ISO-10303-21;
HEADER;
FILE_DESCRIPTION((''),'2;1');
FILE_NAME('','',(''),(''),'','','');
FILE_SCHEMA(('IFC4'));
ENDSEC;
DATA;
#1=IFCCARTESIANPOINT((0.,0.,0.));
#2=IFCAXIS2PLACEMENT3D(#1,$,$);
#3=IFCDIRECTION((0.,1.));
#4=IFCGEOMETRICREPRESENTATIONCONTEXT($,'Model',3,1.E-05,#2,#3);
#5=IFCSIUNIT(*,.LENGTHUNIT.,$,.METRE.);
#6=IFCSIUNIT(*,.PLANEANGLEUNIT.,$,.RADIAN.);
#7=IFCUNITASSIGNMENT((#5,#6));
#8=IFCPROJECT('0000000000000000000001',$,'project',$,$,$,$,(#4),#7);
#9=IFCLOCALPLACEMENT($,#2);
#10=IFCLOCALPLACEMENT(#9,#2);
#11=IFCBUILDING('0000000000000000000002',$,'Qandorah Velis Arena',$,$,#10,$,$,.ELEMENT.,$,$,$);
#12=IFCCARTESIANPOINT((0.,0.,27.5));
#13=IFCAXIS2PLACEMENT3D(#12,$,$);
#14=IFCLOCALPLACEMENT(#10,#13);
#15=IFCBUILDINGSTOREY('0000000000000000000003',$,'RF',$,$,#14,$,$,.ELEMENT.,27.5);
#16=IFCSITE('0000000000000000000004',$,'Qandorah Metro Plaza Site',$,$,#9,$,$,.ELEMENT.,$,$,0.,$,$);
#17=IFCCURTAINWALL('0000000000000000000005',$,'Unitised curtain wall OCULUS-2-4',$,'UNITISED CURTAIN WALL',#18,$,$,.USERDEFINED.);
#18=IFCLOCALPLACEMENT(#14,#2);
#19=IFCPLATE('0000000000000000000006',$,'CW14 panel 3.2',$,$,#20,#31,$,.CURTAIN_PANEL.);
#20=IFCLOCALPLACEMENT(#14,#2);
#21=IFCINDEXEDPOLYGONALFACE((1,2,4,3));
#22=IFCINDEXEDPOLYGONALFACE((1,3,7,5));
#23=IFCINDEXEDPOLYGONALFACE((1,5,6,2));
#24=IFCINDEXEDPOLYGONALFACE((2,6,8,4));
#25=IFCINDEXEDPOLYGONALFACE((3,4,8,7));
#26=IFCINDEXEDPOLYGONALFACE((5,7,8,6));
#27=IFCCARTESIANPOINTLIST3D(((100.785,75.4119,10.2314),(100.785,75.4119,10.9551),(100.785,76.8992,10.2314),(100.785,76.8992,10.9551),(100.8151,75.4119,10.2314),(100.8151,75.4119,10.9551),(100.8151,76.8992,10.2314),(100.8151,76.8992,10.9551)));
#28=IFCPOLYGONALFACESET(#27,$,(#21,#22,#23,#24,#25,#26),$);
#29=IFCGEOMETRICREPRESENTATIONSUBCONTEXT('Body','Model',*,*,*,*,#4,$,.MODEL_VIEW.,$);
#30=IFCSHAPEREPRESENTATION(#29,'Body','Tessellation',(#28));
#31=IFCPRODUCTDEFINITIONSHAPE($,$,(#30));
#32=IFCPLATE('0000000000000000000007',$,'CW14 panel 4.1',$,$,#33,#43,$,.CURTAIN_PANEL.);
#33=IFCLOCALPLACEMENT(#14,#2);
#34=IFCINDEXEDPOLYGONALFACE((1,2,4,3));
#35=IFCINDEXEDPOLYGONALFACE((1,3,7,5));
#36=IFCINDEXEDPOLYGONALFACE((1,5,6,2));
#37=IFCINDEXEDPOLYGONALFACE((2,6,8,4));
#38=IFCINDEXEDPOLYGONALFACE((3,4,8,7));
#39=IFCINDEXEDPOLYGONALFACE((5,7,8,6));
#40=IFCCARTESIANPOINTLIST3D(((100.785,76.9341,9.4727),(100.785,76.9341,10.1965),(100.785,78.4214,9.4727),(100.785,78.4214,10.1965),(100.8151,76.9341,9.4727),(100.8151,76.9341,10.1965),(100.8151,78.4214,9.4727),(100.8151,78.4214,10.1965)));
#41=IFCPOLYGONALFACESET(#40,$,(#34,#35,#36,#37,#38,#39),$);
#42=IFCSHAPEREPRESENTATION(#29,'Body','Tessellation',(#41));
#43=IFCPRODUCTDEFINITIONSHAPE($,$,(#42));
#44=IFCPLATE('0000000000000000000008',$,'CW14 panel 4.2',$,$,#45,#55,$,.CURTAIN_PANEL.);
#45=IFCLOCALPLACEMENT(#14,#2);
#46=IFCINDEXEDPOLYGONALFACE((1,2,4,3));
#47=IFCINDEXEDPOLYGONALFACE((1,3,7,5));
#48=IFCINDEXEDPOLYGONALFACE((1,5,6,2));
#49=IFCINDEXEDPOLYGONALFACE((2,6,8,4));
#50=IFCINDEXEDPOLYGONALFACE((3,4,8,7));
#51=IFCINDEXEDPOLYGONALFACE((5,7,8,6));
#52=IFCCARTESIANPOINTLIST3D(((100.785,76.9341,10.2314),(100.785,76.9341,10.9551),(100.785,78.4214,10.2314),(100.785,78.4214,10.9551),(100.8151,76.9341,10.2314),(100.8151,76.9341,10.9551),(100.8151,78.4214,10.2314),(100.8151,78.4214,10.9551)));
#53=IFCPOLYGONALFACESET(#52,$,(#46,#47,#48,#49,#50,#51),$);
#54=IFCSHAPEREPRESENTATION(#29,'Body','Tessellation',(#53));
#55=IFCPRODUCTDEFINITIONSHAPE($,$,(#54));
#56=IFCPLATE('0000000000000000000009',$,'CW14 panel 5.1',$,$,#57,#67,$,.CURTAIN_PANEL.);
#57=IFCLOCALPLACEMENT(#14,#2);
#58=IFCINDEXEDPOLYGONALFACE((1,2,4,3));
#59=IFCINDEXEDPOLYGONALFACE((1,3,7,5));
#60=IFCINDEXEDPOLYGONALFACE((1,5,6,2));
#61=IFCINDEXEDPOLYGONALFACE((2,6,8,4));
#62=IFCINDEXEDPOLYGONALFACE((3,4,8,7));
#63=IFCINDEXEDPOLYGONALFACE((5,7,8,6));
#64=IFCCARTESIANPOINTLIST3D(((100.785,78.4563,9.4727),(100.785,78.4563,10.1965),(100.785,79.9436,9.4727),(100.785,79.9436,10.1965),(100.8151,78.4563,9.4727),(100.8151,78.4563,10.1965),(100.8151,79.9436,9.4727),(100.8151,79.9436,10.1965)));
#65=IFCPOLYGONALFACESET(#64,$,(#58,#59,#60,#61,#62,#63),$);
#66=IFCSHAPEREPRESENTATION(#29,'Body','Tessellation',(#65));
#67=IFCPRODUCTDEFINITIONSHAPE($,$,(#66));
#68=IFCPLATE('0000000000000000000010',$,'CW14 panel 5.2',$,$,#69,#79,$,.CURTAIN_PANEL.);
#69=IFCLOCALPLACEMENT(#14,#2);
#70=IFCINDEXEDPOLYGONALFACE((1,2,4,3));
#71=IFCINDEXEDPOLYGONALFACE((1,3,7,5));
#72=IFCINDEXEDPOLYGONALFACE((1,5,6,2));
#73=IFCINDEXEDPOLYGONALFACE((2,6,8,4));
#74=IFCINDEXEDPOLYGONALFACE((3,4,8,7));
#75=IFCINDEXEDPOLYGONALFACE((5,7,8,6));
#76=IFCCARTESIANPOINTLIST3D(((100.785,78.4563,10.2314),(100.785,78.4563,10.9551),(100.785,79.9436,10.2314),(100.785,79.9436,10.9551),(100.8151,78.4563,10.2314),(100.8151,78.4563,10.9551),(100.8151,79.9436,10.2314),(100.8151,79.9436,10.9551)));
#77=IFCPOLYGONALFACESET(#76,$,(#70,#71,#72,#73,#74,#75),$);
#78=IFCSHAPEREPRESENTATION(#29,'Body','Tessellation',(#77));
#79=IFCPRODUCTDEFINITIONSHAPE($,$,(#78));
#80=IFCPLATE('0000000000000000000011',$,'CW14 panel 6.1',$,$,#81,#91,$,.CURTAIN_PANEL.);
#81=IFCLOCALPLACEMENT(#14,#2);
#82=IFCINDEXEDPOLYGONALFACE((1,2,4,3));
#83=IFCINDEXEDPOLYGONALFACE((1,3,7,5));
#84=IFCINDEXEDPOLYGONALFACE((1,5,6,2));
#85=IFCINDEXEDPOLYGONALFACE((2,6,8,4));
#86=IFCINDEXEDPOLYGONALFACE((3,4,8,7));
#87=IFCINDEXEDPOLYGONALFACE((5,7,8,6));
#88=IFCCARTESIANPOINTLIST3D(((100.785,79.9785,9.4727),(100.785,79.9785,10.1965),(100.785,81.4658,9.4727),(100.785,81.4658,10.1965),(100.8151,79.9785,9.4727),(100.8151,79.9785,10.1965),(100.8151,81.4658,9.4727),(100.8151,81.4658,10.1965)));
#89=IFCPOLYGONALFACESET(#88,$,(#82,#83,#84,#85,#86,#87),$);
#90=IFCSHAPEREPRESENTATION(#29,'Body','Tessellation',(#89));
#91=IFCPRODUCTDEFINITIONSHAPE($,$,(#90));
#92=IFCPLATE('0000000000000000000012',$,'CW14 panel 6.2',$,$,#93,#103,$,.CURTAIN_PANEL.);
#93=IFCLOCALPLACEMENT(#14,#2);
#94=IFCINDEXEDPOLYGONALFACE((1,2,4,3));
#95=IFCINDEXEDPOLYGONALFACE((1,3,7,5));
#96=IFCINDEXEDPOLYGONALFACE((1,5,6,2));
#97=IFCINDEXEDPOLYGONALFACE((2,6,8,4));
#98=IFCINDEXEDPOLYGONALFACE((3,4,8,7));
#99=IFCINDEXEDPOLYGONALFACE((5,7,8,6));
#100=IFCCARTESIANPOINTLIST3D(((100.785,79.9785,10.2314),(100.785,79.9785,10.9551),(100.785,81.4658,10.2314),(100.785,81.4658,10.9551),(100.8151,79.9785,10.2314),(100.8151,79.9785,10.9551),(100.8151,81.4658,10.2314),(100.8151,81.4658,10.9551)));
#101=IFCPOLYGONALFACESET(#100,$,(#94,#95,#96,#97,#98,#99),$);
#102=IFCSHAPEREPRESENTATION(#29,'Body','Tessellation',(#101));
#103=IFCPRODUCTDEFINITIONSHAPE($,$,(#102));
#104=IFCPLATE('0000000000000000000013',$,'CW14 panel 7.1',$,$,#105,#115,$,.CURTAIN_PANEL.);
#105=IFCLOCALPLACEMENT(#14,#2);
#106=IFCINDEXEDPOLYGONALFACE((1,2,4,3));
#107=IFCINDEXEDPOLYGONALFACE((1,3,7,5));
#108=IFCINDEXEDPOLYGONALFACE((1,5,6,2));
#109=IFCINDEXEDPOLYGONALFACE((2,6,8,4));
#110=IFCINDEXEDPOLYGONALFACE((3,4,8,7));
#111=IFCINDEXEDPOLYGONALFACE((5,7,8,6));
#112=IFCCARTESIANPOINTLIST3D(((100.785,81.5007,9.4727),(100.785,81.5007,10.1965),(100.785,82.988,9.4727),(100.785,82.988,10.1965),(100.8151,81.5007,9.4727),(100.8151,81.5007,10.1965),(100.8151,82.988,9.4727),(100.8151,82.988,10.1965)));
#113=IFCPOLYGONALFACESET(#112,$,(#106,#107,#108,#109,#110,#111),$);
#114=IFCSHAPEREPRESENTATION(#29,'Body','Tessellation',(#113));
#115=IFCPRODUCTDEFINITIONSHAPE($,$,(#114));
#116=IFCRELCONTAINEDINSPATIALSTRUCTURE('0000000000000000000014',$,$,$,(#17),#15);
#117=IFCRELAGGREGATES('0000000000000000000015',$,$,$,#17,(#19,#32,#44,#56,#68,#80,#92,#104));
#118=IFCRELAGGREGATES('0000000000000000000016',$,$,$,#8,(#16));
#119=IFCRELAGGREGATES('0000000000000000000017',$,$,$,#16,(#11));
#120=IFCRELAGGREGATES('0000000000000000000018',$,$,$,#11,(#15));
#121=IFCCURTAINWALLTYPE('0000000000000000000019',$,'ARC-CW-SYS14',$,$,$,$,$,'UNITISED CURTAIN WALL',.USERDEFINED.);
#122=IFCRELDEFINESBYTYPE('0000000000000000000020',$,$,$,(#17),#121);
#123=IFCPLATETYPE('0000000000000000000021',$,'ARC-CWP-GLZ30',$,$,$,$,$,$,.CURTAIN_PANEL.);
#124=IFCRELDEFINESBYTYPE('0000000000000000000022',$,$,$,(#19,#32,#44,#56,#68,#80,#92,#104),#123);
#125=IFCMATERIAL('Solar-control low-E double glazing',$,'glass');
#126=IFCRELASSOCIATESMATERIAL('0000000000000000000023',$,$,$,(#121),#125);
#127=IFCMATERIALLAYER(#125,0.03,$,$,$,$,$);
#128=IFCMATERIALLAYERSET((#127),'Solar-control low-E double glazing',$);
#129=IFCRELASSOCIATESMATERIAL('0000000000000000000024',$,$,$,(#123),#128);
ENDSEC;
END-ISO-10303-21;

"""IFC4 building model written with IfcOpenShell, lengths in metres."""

from ifc_helpers import new_model, si_unit, direction, frame, origin, origin_2d, place, context, subcontext, project, spatial, rectangle, extrude, material, layer, layer_set, type_object, element, aggregate, save


model = new_model("IFC4")

# Units and contexts
model_context = context("Model", 3, precision=1e-05, world=origin(), true_north=direction((0.0, 1.0)))
body_context = subcontext(model_context, "Body", "Model", "MODEL_VIEW")
ifc_project = project(units=[si_unit("LENGTHUNIT", "METRE"), si_unit("PLANEANGLEUNIT", "RADIAN")], contexts=[model_context])

# Site, building, storey
site_placement = place(None, origin())
site = spatial("IfcSite", under=ifc_project, at=site_placement, Name="Qandorah Metro Plaza Site", CompositionType="ELEMENT", RefElevation=0.0)
building_placement = place(site_placement, origin())
building = spatial("IfcBuilding", under=site, at=building_placement, Name="Qandorah Velis Arena", CompositionType="ELEMENT")
storey_placement = place(building_placement, frame((0.0, 0.0, 27.5)))
storey = spatial("IfcBuildingStorey", under=building, at=storey_placement, Name="RF", CompositionType="ELEMENT", Elevation=27.5)

# Curtain wall
ifc_material_1 = material(Name="Solar-control low-E double glazing", Category="glass")
curtain_wall_type = type_object("IfcCurtainWallType", Name="ARC-CW-SYS14", ElementType="UNITISED CURTAIN WALL", PredefinedType="USERDEFINED", material=ifc_material_1)
curtain_wall_placement = place(storey_placement, origin())
curtain_wall = element("IfcCurtainWall", 1, at=curtain_wall_placement, inside=storey, type_object=curtain_wall_type, Name="Unitised curtain wall OCULUS-2-4", ObjectType="UNITISED CURTAIN WALL", PredefinedType="USERDEFINED")

# Plates
ifc_layer = layer(ifc_material_1, 0.03)
ifc_layer_set = layer_set([ifc_layer], Name="Solar-control low-E double glazing")
plate_type = type_object("IfcPlateType", Name="ARC-CWP-GLZ30", PredefinedType="CURTAIN_PANEL", material=ifc_layer_set)
plate_1_placement = place(storey_placement, frame((100.8, 76.1555, 10.2314), z_axis=(0.0, 0.0, 1.0), x_axis=(0.0, 1.0, 0.0)))
plate_1 = element("IfcPlate", 2, at=plate_1_placement, type_object=plate_type, Name="CW14 panel 3.2", PredefinedType="CURTAIN_PANEL", context=body_context, shape_type="SweptSolid", body=[
    extrude(rectangle(XDim=1.4873, YDim=0.03, at=origin_2d()), origin(), (0.0, 0.0, 1.0), 0.7236),
])
plate_2_placement = place(storey_placement, frame((100.8, 77.6777, 9.4727), z_axis=(0.0, 0.0, 1.0), x_axis=(0.0, 1.0, 0.0)))
plate_2 = element("IfcPlate", 3, at=plate_2_placement, type_object=plate_type, Name="CW14 panel 4.1", PredefinedType="CURTAIN_PANEL", context=body_context, shape_type="SweptSolid", body=[
    extrude(rectangle(XDim=1.4873, YDim=0.03, at=origin_2d()), origin(), (0.0, 0.0, 1.0), 0.7239),
])
plate_3_placement = place(storey_placement, frame((100.8, 77.6777, 10.2314), z_axis=(0.0, 0.0, 1.0), x_axis=(0.0, 1.0, 0.0)))
plate_3 = element("IfcPlate", 4, at=plate_3_placement, type_object=plate_type, Name="CW14 panel 4.2", PredefinedType="CURTAIN_PANEL", context=body_context, shape_type="SweptSolid", body=[
    extrude(rectangle(XDim=1.4873, YDim=0.03, at=origin_2d()), origin(), (0.0, 0.0, 1.0), 0.7236),
])
plate_4_placement = place(storey_placement, frame((100.8, 79.2, 9.4727), z_axis=(0.0, 0.0, 1.0), x_axis=(0.0, 1.0, 0.0)))
plate_4 = element("IfcPlate", 5, at=plate_4_placement, type_object=plate_type, Name="CW14 panel 5.1", PredefinedType="CURTAIN_PANEL", context=body_context, shape_type="SweptSolid", body=[
    extrude(rectangle(XDim=1.4873, YDim=0.03, at=origin_2d()), origin(), (0.0, 0.0, 1.0), 0.7239),
])
plate_5_placement = place(storey_placement, frame((100.8, 79.2, 10.2314), z_axis=(0.0, 0.0, 1.0), x_axis=(0.0, 1.0, 0.0)))
plate_5 = element("IfcPlate", 6, at=plate_5_placement, type_object=plate_type, Name="CW14 panel 5.2", PredefinedType="CURTAIN_PANEL", context=body_context, shape_type="SweptSolid", body=[
    extrude(rectangle(XDim=1.4873, YDim=0.03, at=origin_2d()), origin(), (0.0, 0.0, 1.0), 0.7236),
])
plate_6_placement = place(storey_placement, frame((100.8, 80.7222, 9.4727), z_axis=(0.0, 0.0, 1.0), x_axis=(0.0, 1.0, 0.0)))
plate_6 = element("IfcPlate", 7, at=plate_6_placement, type_object=plate_type, Name="CW14 panel 6.1", PredefinedType="CURTAIN_PANEL", context=body_context, shape_type="SweptSolid", body=[
    extrude(rectangle(XDim=1.4873, YDim=0.03, at=origin_2d()), origin(), (0.0, 0.0, 1.0), 0.7239),
])
plate_7_placement = place(storey_placement, frame((100.8, 80.7222, 10.2314), z_axis=(0.0, 0.0, 1.0), x_axis=(0.0, 1.0, 0.0)))
plate_7 = element("IfcPlate", 8, at=plate_7_placement, type_object=plate_type, Name="CW14 panel 6.2", PredefinedType="CURTAIN_PANEL", context=body_context, shape_type="SweptSolid", body=[
    extrude(rectangle(XDim=1.4873, YDim=0.03, at=origin_2d()), origin(), (0.0, 0.0, 1.0), 0.7236),
])
plate_8_placement = place(storey_placement, frame((100.8, 82.2444, 9.4727), z_axis=(0.0, 0.0, 1.0), x_axis=(0.0, 1.0, 0.0)))
plate_8 = element("IfcPlate", 9, at=plate_8_placement, type_object=plate_type, Name="CW14 panel 7.1", PredefinedType="CURTAIN_PANEL", context=body_context, shape_type="SweptSolid", body=[
    extrude(rectangle(XDim=1.4873, YDim=0.03, at=origin_2d()), origin(), (0.0, 0.0, 1.0), 0.7239),
])
aggregate(curtain_wall, [plate_1, plate_2, plate_3, plate_4, plate_5, plate_6, plate_7, plate_8])

save(model, "model.ifc")
